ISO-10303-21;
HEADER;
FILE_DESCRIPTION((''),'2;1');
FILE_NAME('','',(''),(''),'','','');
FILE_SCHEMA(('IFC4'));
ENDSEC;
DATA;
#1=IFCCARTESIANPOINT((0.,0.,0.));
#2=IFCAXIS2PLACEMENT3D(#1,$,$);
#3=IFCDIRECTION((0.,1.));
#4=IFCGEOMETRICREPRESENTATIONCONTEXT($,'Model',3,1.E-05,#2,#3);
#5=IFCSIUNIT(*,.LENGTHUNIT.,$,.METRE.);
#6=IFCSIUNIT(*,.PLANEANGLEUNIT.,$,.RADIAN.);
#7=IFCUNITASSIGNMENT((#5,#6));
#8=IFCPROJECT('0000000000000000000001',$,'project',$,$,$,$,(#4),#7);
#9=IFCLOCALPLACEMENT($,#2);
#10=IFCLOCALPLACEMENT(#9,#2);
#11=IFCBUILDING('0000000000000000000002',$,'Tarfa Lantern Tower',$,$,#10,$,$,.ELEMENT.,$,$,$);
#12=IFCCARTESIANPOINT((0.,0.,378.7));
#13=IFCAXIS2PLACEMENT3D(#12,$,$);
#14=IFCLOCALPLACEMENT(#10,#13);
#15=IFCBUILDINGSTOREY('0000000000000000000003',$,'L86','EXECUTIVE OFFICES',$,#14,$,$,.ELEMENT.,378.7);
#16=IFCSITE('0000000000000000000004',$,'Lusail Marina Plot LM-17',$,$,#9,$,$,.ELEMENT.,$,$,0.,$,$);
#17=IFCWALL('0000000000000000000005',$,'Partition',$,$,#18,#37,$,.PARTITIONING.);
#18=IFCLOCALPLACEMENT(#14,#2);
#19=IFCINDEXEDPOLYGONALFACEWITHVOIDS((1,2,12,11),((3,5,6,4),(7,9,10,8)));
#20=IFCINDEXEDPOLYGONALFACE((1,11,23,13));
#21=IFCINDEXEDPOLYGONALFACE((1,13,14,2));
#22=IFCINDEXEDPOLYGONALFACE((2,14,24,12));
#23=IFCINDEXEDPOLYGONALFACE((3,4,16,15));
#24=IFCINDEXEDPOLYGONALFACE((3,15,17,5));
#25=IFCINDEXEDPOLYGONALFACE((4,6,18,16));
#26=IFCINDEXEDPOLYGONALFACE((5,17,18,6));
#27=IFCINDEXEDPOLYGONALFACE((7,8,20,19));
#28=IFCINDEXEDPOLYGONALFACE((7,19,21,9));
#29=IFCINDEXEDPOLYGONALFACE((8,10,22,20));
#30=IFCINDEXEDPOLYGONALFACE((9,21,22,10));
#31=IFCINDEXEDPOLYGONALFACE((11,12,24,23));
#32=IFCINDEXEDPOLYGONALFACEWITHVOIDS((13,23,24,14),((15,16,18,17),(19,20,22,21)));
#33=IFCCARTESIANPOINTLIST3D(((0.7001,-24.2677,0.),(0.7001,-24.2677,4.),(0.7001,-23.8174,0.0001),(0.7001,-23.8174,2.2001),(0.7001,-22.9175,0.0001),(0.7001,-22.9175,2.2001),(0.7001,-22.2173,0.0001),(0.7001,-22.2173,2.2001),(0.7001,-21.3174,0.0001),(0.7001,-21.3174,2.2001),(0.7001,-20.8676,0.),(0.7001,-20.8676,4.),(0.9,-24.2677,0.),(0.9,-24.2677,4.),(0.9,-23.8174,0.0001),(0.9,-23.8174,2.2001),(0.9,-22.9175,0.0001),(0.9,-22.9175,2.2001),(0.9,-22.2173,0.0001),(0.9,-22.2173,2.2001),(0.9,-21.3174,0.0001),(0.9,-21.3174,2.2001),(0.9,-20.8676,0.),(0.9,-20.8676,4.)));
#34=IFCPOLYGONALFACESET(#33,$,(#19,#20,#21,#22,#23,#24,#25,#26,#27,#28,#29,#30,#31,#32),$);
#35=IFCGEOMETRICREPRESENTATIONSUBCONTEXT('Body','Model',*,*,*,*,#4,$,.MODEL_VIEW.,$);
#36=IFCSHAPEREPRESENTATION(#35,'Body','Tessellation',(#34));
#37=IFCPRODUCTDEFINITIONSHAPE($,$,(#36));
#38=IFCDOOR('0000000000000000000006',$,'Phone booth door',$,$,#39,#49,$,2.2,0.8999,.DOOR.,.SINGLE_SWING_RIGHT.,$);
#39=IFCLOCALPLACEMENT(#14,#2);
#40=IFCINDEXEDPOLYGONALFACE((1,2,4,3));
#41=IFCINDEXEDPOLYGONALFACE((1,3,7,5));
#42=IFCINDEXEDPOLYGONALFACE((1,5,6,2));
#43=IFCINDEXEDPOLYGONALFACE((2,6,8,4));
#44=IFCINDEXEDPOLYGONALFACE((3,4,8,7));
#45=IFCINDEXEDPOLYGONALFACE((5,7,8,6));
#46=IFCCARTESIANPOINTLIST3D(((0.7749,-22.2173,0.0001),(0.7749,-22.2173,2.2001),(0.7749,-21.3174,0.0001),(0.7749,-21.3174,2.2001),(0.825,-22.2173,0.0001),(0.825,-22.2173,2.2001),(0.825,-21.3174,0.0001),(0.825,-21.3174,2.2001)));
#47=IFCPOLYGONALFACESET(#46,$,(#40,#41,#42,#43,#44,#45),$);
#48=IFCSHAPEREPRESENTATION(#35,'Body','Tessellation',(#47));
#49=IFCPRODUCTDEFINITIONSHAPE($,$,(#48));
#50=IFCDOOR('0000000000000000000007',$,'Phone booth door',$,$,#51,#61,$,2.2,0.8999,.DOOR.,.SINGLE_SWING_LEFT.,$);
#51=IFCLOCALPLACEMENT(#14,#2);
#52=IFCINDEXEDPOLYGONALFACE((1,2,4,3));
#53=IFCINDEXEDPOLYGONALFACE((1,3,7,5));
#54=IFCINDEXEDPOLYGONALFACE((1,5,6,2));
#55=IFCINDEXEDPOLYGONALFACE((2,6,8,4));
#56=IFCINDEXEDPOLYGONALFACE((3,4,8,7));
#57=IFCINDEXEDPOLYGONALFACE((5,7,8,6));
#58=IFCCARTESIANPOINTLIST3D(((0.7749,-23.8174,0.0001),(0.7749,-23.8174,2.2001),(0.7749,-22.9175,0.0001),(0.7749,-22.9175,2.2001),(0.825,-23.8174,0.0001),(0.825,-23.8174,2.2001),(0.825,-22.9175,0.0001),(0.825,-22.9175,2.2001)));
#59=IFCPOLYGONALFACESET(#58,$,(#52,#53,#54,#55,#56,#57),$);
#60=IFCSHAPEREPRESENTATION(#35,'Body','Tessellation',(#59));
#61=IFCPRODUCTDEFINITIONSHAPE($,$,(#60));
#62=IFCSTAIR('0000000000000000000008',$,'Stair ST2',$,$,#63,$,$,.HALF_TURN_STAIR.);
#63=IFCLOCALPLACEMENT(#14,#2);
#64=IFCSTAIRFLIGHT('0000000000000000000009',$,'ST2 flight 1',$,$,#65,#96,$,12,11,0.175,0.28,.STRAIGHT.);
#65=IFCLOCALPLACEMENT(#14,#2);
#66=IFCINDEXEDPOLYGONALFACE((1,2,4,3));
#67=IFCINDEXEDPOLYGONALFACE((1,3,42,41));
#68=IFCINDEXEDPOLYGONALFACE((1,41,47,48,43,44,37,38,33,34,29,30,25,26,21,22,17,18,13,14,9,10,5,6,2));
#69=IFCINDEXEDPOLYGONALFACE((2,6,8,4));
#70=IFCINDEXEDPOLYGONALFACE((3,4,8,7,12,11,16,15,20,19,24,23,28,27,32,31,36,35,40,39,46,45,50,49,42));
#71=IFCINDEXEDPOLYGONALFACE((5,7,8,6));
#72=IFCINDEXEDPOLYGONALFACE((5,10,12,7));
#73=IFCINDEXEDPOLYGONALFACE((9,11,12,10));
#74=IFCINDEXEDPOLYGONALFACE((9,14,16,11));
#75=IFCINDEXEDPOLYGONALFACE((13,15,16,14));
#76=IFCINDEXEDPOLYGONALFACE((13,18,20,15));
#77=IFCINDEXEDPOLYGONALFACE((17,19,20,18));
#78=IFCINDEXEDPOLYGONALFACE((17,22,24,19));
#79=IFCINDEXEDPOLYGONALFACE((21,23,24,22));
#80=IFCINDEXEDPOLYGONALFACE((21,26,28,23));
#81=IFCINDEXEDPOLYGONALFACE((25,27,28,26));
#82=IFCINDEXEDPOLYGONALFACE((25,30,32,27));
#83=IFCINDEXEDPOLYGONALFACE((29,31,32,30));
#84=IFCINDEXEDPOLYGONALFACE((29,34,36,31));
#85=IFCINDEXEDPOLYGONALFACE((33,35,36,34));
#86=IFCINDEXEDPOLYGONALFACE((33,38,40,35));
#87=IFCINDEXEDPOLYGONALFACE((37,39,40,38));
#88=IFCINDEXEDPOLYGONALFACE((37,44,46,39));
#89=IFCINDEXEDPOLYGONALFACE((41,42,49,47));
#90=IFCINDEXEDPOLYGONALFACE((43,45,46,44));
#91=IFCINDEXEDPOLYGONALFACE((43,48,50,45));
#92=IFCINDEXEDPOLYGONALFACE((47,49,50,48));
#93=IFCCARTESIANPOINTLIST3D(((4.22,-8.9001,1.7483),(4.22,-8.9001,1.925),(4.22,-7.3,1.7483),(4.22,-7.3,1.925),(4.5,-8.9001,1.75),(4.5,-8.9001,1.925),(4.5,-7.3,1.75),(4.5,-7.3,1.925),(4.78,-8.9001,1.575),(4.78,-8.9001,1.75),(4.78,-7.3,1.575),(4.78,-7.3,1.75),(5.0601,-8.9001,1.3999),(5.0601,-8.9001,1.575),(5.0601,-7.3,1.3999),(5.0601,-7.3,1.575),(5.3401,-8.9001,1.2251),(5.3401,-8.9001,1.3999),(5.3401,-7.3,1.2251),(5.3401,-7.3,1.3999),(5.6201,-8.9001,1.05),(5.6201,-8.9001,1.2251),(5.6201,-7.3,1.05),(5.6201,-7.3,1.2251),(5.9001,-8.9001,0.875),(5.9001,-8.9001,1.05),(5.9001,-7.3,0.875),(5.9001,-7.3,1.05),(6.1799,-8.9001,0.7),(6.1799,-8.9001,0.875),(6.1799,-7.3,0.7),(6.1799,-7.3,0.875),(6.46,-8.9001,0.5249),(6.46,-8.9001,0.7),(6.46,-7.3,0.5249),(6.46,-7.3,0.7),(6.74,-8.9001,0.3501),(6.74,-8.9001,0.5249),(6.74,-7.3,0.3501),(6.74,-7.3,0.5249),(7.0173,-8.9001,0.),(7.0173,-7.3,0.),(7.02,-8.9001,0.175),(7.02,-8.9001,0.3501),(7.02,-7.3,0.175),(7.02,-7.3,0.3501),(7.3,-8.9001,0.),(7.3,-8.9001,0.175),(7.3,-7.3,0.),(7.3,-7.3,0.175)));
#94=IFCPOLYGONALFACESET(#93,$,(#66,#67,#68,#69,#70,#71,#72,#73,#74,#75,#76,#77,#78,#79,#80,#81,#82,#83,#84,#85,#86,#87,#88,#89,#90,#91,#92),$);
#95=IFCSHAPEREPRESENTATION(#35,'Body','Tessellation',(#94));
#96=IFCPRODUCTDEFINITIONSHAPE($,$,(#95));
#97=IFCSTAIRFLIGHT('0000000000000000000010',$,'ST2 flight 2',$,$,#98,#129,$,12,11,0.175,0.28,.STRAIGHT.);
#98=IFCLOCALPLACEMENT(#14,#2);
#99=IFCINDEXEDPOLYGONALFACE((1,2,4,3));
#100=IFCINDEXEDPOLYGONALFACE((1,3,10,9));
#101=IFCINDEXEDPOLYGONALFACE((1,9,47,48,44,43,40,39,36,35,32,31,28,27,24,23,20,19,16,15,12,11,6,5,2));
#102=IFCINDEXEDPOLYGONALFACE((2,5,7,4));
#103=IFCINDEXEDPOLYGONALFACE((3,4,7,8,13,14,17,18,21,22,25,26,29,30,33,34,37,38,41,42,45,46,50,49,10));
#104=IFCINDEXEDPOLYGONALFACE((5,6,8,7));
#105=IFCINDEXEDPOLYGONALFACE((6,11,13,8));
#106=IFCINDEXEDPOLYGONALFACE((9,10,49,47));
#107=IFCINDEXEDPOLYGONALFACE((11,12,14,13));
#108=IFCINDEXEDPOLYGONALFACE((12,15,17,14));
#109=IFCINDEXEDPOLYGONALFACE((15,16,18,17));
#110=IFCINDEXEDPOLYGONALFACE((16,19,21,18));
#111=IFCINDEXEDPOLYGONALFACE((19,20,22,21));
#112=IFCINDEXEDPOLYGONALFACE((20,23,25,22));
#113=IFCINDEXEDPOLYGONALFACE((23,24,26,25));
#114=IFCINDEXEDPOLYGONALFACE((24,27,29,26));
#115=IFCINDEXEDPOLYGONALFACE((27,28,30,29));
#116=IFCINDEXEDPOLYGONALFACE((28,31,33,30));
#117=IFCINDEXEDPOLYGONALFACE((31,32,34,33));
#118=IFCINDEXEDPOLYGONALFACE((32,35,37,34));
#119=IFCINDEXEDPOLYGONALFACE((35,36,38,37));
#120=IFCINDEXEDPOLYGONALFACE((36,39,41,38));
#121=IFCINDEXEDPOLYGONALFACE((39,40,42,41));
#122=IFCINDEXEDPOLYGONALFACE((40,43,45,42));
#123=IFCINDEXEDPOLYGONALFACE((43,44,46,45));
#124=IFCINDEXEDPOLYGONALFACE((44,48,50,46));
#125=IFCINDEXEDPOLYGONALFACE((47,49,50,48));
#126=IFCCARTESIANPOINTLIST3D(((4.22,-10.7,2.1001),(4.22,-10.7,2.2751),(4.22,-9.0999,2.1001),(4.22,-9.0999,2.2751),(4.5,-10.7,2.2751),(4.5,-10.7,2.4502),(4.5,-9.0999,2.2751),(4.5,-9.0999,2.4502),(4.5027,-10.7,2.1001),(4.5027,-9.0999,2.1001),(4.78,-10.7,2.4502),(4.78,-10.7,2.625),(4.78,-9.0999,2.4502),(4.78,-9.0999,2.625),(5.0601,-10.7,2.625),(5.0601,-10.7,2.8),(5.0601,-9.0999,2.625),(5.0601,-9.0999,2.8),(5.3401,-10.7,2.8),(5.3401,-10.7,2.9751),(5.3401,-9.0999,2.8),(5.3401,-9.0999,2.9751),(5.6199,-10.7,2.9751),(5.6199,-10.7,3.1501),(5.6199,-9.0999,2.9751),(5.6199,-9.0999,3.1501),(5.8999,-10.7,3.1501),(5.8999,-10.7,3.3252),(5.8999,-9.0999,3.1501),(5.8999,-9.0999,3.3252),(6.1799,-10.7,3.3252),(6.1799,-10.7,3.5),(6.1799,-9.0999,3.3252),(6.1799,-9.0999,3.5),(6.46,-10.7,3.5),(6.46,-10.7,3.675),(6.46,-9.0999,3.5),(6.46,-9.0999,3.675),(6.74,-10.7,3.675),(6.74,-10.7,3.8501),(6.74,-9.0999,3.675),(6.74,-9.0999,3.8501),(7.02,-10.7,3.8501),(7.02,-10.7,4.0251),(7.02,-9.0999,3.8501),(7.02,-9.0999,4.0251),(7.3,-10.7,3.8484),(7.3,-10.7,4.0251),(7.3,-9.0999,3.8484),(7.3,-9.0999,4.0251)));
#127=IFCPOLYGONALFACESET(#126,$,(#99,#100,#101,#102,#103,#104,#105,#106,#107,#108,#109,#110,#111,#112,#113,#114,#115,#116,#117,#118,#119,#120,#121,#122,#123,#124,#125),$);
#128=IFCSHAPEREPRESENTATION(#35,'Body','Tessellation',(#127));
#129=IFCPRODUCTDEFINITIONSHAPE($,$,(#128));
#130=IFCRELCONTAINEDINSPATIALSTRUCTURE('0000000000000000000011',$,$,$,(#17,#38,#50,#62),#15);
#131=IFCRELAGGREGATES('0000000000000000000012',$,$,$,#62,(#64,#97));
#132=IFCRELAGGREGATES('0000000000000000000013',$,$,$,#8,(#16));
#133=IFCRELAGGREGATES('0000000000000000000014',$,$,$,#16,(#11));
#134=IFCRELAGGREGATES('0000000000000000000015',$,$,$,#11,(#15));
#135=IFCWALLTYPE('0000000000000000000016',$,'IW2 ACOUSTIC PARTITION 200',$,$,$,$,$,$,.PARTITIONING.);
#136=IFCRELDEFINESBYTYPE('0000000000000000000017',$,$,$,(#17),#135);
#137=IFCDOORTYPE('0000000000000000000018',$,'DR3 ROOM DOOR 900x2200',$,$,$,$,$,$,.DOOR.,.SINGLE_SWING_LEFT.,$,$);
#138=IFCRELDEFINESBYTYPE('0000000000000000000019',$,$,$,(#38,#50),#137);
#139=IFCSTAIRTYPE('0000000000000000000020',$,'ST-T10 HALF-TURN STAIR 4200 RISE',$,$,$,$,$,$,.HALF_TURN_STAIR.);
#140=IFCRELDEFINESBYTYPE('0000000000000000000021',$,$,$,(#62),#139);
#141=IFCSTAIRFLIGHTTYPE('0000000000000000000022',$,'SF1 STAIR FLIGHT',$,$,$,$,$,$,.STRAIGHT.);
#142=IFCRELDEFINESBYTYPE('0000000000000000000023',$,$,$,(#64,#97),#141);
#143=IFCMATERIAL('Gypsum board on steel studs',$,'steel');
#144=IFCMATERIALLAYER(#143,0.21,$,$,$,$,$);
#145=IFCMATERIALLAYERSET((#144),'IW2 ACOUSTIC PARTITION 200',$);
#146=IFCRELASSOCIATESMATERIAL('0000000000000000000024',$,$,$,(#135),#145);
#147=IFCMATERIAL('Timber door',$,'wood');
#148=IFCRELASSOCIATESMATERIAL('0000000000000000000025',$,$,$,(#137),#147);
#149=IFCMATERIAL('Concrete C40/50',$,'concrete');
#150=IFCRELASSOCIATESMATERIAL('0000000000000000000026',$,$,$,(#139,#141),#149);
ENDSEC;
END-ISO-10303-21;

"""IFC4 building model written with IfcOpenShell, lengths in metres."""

from ifc_helpers import new_model, si_unit, direction, frame, frame_2d, origin, place, context, subcontext, project, spatial, polyline, rectangle, outline, extrude, material, layer, layer_set, type_object, element, fill, aggregate, save


model = new_model("IFC4")

# Units and contexts
model_context = context("Model", 3, precision=1e-05, world=origin(), true_north=direction((0.0, 1.0)))
body_context = subcontext(model_context, "Body", "Model", "MODEL_VIEW")
ifc_project = project(units=[si_unit("LENGTHUNIT", "METRE"), si_unit("PLANEANGLEUNIT", "RADIAN")], contexts=[model_context])

# Site, building, storey
site_placement = place(None, origin())
site = spatial("IfcSite", under=ifc_project, at=site_placement, Name="Lusail Marina Plot LM-17", CompositionType="ELEMENT", RefElevation=0.0)
building_placement = place(site_placement, origin())
building = spatial("IfcBuilding", under=site, at=building_placement, Name="Tarfa Lantern Tower", CompositionType="ELEMENT")
storey_placement = place(building_placement, frame((0.0, 0.0, 378.7)))
storey = spatial("IfcBuildingStorey", under=building, at=storey_placement, Name="L86", Description="EXECUTIVE OFFICES", CompositionType="ELEMENT", Elevation=378.7)

# Shared definitions
ifc_material_1 = material(Name="Gypsum board on steel studs", Category="steel")
ifc_layer_1 = layer(ifc_material_1, 0.21)
ifc_layer_set_1 = layer_set([ifc_layer_1], Name="IW2 ACOUSTIC PARTITION 200")
wall_type_1 = type_object("IfcWallType", Name="IW2 ACOUSTIC PARTITION 200", PredefinedType="PARTITIONING", material=ifc_layer_set_1)

# Shared definitions
ifc_material_2 = material(Name="Timber door", Category="wood")

# Wall, openings, doors
wall_1_placement = place(storey_placement, frame((0.8, -20.8674, 0.0), z_axis=(0.0, 0.0, 1.0), x_axis=(0.0, -1.0, 0.0)))
wall_1 = element("IfcWall", 1, at=wall_1_placement, inside=storey, type_object=wall_type_1, Name="Partition", PredefinedType="PARTITIONING", context=body_context, shape_type="SweptSolid", body=[
    extrude(rectangle(XDim=3.4001, YDim=0.2, at=frame_2d((1.7002, 0.0))), origin(), (0.0, 0.0, 1.0), 4.0),
])
opening_1_placement = place(wall_1_placement, frame((0.45, 0.0, 0.0)))
opening_1 = element("IfcOpeningElement", 2, at=opening_1_placement, cuts=wall_1, PredefinedType="OPENING", context=body_context, shape_type="SweptSolid", body=[
    extrude(rectangle(XDim=0.8999, YDim=2.2, at=frame_2d((0.45, 1.1001))), frame((0.0, 0.1099, 0.0), z_axis=(0.0, -1.0, 0.0), x_axis=(1.0, 0.0, 0.0)), (0.0, 0.0, 1.0), 0.22),
])
opening_2_placement = place(wall_1_placement, frame((2.05, 0.0, 0.0)))
opening_2 = element("IfcOpeningElement", 3, at=opening_2_placement, cuts=wall_1, PredefinedType="OPENING", context=body_context, shape_type="SweptSolid", body=[
    extrude(rectangle(XDim=0.8999, YDim=2.2, at=frame_2d((0.45, 1.1001))), frame((0.0, 0.1099, 0.0), z_axis=(0.0, -1.0, 0.0), x_axis=(1.0, 0.0, 0.0)), (0.0, 0.0, 1.0), 0.22),
])
door_type_1 = type_object("IfcDoorType", Name="DR3 ROOM DOOR 900x2200", OperationType="SINGLE_SWING_LEFT", PredefinedType="DOOR", material=ifc_material_2)
door_1_placement = place(opening_1_placement, origin())
door_1 = element("IfcDoor", 4, at=door_1_placement, inside=storey, type_object=door_type_1, Name="Phone booth door", OperationType="SINGLE_SWING_RIGHT", OverallHeight=2.2, OverallWidth=0.8999, PredefinedType="DOOR", context=body_context, shape_type="SweptSolid", body=[
    extrude(rectangle(XDim=0.8999, YDim=2.2, at=frame_2d((0.45, 1.1001))), frame((0.0, 0.0249, 0.0), z_axis=(0.0, -1.0, 0.0), x_axis=(1.0, 0.0, 0.0)), (0.0, 0.0, 1.0), 0.05),
])
fill(opening_1, door_1)
door_2_placement = place(opening_2_placement, origin())
door_2 = element("IfcDoor", 5, at=door_2_placement, inside=storey, type_object=door_type_1, Name="Phone booth door", OperationType="SINGLE_SWING_LEFT", OverallHeight=2.2, OverallWidth=0.8999, PredefinedType="DOOR", context=body_context, shape_type="SweptSolid", body=[
    extrude(rectangle(XDim=0.8999, YDim=2.2, at=frame_2d((0.45, 1.1001))), frame((0.0, 0.0249, 0.0), z_axis=(0.0, -1.0, 0.0), x_axis=(1.0, 0.0, 0.0)), (0.0, 0.0, 1.0), 0.05),
])
fill(opening_2, door_2)

# Stair, stair flights
ifc_material_3 = material(Name="Concrete C40/50", Category="concrete")
stair_type = type_object("IfcStairType", Name="ST-T10 HALF-TURN STAIR 4200 RISE", PredefinedType="HALF_TURN_STAIR", material=ifc_material_3)
stair_placement = place(storey_placement, origin())
stair = element("IfcStair", 6, at=stair_placement, inside=storey, type_object=stair_type, Name="Stair ST2", PredefinedType="HALF_TURN_STAIR")
stair_flight_type = type_object("IfcStairFlightType", Name="SF1 STAIR FLIGHT", PredefinedType="STRAIGHT", material=ifc_material_3)
stair_flight_1_placement = place(storey_placement, frame((7.3, -8.1001, 0.0), z_axis=(0.0, 0.0, 1.0), x_axis=(-1.0, 0.0, 0.0)))
stair_flight_1 = element("IfcStairFlight", 7, at=stair_flight_1_placement, type_object=stair_flight_type, Name="ST2 flight 1", NumberOfRisers=12, NumberOfTreads=11, PredefinedType="STRAIGHT", RiserHeight=0.175, TreadLength=0.28, context=body_context, shape_type="SweptSolid", body=[
    extrude(outline(polyline([(0.0, 0.0), (0.0, 0.175), (0.28, 0.175), (0.28, 0.3501), (0.5601, 0.3501), (0.5601, 0.5249), (0.8401, 0.5249), (0.8401, 0.7), (1.1201, 0.7), (1.1201, 0.875), (1.3999, 0.875), (1.3999, 1.05), (1.6799, 1.05), (1.6799, 1.2251), (1.96, 1.2251), (1.96, 1.3999), (2.24, 1.3999), (2.24, 1.575), (2.52, 1.575), (2.52, 1.75), (2.8, 1.75), (2.8, 1.925), (3.0801, 1.925), (3.0801, 2.1001), (3.0801, 1.7483), (0.2827, 0.0), (0.0, 0.0)])), frame((0.0, 0.8, 0.0), z_axis=(0.0, -1.0, 0.0), x_axis=(1.0, 0.0, 0.0)), (0.0, 0.0, 1.0), 1.6001),
])
stair_flight_2_placement = place(storey_placement, frame((4.22, -9.8999, 2.1001), z_axis=(0.0, 0.0, 1.0), x_axis=(1.0, 0.0, 0.0)))
stair_flight_2 = element("IfcStairFlight", 8, at=stair_flight_2_placement, type_object=stair_flight_type, Name="ST2 flight 2", NumberOfRisers=12, NumberOfTreads=11, PredefinedType="STRAIGHT", RiserHeight=0.175, TreadLength=0.28, context=body_context, shape_type="SweptSolid", body=[
    extrude(outline(polyline([(0.0, 0.0), (0.0, 0.175), (0.28, 0.175), (0.28, 0.3501), (0.5601, 0.3501), (0.5601, 0.5249), (0.8401, 0.5249), (0.8401, 0.7), (1.1201, 0.7), (1.1201, 0.875), (1.3999, 0.875), (1.3999, 1.05), (1.6799, 1.05), (1.6799, 1.2251), (1.96, 1.2251), (1.96, 1.3999), (2.24, 1.3999), (2.24, 1.575), (2.52, 1.575), (2.52, 1.75), (2.8, 1.75), (2.8, 1.925), (3.0801, 1.925), (3.0801, 2.1001), (3.0801, 1.7483), (0.2827, 0.0), (0.0, 0.0)])), frame((0.0, 0.8, 0.0), z_axis=(0.0, -1.0, 0.0), x_axis=(1.0, 0.0, 0.0)), (0.0, 0.0, 1.0), 1.6001),
])
aggregate(stair, [stair_flight_1, stair_flight_2])

save(model, "model.ifc")
